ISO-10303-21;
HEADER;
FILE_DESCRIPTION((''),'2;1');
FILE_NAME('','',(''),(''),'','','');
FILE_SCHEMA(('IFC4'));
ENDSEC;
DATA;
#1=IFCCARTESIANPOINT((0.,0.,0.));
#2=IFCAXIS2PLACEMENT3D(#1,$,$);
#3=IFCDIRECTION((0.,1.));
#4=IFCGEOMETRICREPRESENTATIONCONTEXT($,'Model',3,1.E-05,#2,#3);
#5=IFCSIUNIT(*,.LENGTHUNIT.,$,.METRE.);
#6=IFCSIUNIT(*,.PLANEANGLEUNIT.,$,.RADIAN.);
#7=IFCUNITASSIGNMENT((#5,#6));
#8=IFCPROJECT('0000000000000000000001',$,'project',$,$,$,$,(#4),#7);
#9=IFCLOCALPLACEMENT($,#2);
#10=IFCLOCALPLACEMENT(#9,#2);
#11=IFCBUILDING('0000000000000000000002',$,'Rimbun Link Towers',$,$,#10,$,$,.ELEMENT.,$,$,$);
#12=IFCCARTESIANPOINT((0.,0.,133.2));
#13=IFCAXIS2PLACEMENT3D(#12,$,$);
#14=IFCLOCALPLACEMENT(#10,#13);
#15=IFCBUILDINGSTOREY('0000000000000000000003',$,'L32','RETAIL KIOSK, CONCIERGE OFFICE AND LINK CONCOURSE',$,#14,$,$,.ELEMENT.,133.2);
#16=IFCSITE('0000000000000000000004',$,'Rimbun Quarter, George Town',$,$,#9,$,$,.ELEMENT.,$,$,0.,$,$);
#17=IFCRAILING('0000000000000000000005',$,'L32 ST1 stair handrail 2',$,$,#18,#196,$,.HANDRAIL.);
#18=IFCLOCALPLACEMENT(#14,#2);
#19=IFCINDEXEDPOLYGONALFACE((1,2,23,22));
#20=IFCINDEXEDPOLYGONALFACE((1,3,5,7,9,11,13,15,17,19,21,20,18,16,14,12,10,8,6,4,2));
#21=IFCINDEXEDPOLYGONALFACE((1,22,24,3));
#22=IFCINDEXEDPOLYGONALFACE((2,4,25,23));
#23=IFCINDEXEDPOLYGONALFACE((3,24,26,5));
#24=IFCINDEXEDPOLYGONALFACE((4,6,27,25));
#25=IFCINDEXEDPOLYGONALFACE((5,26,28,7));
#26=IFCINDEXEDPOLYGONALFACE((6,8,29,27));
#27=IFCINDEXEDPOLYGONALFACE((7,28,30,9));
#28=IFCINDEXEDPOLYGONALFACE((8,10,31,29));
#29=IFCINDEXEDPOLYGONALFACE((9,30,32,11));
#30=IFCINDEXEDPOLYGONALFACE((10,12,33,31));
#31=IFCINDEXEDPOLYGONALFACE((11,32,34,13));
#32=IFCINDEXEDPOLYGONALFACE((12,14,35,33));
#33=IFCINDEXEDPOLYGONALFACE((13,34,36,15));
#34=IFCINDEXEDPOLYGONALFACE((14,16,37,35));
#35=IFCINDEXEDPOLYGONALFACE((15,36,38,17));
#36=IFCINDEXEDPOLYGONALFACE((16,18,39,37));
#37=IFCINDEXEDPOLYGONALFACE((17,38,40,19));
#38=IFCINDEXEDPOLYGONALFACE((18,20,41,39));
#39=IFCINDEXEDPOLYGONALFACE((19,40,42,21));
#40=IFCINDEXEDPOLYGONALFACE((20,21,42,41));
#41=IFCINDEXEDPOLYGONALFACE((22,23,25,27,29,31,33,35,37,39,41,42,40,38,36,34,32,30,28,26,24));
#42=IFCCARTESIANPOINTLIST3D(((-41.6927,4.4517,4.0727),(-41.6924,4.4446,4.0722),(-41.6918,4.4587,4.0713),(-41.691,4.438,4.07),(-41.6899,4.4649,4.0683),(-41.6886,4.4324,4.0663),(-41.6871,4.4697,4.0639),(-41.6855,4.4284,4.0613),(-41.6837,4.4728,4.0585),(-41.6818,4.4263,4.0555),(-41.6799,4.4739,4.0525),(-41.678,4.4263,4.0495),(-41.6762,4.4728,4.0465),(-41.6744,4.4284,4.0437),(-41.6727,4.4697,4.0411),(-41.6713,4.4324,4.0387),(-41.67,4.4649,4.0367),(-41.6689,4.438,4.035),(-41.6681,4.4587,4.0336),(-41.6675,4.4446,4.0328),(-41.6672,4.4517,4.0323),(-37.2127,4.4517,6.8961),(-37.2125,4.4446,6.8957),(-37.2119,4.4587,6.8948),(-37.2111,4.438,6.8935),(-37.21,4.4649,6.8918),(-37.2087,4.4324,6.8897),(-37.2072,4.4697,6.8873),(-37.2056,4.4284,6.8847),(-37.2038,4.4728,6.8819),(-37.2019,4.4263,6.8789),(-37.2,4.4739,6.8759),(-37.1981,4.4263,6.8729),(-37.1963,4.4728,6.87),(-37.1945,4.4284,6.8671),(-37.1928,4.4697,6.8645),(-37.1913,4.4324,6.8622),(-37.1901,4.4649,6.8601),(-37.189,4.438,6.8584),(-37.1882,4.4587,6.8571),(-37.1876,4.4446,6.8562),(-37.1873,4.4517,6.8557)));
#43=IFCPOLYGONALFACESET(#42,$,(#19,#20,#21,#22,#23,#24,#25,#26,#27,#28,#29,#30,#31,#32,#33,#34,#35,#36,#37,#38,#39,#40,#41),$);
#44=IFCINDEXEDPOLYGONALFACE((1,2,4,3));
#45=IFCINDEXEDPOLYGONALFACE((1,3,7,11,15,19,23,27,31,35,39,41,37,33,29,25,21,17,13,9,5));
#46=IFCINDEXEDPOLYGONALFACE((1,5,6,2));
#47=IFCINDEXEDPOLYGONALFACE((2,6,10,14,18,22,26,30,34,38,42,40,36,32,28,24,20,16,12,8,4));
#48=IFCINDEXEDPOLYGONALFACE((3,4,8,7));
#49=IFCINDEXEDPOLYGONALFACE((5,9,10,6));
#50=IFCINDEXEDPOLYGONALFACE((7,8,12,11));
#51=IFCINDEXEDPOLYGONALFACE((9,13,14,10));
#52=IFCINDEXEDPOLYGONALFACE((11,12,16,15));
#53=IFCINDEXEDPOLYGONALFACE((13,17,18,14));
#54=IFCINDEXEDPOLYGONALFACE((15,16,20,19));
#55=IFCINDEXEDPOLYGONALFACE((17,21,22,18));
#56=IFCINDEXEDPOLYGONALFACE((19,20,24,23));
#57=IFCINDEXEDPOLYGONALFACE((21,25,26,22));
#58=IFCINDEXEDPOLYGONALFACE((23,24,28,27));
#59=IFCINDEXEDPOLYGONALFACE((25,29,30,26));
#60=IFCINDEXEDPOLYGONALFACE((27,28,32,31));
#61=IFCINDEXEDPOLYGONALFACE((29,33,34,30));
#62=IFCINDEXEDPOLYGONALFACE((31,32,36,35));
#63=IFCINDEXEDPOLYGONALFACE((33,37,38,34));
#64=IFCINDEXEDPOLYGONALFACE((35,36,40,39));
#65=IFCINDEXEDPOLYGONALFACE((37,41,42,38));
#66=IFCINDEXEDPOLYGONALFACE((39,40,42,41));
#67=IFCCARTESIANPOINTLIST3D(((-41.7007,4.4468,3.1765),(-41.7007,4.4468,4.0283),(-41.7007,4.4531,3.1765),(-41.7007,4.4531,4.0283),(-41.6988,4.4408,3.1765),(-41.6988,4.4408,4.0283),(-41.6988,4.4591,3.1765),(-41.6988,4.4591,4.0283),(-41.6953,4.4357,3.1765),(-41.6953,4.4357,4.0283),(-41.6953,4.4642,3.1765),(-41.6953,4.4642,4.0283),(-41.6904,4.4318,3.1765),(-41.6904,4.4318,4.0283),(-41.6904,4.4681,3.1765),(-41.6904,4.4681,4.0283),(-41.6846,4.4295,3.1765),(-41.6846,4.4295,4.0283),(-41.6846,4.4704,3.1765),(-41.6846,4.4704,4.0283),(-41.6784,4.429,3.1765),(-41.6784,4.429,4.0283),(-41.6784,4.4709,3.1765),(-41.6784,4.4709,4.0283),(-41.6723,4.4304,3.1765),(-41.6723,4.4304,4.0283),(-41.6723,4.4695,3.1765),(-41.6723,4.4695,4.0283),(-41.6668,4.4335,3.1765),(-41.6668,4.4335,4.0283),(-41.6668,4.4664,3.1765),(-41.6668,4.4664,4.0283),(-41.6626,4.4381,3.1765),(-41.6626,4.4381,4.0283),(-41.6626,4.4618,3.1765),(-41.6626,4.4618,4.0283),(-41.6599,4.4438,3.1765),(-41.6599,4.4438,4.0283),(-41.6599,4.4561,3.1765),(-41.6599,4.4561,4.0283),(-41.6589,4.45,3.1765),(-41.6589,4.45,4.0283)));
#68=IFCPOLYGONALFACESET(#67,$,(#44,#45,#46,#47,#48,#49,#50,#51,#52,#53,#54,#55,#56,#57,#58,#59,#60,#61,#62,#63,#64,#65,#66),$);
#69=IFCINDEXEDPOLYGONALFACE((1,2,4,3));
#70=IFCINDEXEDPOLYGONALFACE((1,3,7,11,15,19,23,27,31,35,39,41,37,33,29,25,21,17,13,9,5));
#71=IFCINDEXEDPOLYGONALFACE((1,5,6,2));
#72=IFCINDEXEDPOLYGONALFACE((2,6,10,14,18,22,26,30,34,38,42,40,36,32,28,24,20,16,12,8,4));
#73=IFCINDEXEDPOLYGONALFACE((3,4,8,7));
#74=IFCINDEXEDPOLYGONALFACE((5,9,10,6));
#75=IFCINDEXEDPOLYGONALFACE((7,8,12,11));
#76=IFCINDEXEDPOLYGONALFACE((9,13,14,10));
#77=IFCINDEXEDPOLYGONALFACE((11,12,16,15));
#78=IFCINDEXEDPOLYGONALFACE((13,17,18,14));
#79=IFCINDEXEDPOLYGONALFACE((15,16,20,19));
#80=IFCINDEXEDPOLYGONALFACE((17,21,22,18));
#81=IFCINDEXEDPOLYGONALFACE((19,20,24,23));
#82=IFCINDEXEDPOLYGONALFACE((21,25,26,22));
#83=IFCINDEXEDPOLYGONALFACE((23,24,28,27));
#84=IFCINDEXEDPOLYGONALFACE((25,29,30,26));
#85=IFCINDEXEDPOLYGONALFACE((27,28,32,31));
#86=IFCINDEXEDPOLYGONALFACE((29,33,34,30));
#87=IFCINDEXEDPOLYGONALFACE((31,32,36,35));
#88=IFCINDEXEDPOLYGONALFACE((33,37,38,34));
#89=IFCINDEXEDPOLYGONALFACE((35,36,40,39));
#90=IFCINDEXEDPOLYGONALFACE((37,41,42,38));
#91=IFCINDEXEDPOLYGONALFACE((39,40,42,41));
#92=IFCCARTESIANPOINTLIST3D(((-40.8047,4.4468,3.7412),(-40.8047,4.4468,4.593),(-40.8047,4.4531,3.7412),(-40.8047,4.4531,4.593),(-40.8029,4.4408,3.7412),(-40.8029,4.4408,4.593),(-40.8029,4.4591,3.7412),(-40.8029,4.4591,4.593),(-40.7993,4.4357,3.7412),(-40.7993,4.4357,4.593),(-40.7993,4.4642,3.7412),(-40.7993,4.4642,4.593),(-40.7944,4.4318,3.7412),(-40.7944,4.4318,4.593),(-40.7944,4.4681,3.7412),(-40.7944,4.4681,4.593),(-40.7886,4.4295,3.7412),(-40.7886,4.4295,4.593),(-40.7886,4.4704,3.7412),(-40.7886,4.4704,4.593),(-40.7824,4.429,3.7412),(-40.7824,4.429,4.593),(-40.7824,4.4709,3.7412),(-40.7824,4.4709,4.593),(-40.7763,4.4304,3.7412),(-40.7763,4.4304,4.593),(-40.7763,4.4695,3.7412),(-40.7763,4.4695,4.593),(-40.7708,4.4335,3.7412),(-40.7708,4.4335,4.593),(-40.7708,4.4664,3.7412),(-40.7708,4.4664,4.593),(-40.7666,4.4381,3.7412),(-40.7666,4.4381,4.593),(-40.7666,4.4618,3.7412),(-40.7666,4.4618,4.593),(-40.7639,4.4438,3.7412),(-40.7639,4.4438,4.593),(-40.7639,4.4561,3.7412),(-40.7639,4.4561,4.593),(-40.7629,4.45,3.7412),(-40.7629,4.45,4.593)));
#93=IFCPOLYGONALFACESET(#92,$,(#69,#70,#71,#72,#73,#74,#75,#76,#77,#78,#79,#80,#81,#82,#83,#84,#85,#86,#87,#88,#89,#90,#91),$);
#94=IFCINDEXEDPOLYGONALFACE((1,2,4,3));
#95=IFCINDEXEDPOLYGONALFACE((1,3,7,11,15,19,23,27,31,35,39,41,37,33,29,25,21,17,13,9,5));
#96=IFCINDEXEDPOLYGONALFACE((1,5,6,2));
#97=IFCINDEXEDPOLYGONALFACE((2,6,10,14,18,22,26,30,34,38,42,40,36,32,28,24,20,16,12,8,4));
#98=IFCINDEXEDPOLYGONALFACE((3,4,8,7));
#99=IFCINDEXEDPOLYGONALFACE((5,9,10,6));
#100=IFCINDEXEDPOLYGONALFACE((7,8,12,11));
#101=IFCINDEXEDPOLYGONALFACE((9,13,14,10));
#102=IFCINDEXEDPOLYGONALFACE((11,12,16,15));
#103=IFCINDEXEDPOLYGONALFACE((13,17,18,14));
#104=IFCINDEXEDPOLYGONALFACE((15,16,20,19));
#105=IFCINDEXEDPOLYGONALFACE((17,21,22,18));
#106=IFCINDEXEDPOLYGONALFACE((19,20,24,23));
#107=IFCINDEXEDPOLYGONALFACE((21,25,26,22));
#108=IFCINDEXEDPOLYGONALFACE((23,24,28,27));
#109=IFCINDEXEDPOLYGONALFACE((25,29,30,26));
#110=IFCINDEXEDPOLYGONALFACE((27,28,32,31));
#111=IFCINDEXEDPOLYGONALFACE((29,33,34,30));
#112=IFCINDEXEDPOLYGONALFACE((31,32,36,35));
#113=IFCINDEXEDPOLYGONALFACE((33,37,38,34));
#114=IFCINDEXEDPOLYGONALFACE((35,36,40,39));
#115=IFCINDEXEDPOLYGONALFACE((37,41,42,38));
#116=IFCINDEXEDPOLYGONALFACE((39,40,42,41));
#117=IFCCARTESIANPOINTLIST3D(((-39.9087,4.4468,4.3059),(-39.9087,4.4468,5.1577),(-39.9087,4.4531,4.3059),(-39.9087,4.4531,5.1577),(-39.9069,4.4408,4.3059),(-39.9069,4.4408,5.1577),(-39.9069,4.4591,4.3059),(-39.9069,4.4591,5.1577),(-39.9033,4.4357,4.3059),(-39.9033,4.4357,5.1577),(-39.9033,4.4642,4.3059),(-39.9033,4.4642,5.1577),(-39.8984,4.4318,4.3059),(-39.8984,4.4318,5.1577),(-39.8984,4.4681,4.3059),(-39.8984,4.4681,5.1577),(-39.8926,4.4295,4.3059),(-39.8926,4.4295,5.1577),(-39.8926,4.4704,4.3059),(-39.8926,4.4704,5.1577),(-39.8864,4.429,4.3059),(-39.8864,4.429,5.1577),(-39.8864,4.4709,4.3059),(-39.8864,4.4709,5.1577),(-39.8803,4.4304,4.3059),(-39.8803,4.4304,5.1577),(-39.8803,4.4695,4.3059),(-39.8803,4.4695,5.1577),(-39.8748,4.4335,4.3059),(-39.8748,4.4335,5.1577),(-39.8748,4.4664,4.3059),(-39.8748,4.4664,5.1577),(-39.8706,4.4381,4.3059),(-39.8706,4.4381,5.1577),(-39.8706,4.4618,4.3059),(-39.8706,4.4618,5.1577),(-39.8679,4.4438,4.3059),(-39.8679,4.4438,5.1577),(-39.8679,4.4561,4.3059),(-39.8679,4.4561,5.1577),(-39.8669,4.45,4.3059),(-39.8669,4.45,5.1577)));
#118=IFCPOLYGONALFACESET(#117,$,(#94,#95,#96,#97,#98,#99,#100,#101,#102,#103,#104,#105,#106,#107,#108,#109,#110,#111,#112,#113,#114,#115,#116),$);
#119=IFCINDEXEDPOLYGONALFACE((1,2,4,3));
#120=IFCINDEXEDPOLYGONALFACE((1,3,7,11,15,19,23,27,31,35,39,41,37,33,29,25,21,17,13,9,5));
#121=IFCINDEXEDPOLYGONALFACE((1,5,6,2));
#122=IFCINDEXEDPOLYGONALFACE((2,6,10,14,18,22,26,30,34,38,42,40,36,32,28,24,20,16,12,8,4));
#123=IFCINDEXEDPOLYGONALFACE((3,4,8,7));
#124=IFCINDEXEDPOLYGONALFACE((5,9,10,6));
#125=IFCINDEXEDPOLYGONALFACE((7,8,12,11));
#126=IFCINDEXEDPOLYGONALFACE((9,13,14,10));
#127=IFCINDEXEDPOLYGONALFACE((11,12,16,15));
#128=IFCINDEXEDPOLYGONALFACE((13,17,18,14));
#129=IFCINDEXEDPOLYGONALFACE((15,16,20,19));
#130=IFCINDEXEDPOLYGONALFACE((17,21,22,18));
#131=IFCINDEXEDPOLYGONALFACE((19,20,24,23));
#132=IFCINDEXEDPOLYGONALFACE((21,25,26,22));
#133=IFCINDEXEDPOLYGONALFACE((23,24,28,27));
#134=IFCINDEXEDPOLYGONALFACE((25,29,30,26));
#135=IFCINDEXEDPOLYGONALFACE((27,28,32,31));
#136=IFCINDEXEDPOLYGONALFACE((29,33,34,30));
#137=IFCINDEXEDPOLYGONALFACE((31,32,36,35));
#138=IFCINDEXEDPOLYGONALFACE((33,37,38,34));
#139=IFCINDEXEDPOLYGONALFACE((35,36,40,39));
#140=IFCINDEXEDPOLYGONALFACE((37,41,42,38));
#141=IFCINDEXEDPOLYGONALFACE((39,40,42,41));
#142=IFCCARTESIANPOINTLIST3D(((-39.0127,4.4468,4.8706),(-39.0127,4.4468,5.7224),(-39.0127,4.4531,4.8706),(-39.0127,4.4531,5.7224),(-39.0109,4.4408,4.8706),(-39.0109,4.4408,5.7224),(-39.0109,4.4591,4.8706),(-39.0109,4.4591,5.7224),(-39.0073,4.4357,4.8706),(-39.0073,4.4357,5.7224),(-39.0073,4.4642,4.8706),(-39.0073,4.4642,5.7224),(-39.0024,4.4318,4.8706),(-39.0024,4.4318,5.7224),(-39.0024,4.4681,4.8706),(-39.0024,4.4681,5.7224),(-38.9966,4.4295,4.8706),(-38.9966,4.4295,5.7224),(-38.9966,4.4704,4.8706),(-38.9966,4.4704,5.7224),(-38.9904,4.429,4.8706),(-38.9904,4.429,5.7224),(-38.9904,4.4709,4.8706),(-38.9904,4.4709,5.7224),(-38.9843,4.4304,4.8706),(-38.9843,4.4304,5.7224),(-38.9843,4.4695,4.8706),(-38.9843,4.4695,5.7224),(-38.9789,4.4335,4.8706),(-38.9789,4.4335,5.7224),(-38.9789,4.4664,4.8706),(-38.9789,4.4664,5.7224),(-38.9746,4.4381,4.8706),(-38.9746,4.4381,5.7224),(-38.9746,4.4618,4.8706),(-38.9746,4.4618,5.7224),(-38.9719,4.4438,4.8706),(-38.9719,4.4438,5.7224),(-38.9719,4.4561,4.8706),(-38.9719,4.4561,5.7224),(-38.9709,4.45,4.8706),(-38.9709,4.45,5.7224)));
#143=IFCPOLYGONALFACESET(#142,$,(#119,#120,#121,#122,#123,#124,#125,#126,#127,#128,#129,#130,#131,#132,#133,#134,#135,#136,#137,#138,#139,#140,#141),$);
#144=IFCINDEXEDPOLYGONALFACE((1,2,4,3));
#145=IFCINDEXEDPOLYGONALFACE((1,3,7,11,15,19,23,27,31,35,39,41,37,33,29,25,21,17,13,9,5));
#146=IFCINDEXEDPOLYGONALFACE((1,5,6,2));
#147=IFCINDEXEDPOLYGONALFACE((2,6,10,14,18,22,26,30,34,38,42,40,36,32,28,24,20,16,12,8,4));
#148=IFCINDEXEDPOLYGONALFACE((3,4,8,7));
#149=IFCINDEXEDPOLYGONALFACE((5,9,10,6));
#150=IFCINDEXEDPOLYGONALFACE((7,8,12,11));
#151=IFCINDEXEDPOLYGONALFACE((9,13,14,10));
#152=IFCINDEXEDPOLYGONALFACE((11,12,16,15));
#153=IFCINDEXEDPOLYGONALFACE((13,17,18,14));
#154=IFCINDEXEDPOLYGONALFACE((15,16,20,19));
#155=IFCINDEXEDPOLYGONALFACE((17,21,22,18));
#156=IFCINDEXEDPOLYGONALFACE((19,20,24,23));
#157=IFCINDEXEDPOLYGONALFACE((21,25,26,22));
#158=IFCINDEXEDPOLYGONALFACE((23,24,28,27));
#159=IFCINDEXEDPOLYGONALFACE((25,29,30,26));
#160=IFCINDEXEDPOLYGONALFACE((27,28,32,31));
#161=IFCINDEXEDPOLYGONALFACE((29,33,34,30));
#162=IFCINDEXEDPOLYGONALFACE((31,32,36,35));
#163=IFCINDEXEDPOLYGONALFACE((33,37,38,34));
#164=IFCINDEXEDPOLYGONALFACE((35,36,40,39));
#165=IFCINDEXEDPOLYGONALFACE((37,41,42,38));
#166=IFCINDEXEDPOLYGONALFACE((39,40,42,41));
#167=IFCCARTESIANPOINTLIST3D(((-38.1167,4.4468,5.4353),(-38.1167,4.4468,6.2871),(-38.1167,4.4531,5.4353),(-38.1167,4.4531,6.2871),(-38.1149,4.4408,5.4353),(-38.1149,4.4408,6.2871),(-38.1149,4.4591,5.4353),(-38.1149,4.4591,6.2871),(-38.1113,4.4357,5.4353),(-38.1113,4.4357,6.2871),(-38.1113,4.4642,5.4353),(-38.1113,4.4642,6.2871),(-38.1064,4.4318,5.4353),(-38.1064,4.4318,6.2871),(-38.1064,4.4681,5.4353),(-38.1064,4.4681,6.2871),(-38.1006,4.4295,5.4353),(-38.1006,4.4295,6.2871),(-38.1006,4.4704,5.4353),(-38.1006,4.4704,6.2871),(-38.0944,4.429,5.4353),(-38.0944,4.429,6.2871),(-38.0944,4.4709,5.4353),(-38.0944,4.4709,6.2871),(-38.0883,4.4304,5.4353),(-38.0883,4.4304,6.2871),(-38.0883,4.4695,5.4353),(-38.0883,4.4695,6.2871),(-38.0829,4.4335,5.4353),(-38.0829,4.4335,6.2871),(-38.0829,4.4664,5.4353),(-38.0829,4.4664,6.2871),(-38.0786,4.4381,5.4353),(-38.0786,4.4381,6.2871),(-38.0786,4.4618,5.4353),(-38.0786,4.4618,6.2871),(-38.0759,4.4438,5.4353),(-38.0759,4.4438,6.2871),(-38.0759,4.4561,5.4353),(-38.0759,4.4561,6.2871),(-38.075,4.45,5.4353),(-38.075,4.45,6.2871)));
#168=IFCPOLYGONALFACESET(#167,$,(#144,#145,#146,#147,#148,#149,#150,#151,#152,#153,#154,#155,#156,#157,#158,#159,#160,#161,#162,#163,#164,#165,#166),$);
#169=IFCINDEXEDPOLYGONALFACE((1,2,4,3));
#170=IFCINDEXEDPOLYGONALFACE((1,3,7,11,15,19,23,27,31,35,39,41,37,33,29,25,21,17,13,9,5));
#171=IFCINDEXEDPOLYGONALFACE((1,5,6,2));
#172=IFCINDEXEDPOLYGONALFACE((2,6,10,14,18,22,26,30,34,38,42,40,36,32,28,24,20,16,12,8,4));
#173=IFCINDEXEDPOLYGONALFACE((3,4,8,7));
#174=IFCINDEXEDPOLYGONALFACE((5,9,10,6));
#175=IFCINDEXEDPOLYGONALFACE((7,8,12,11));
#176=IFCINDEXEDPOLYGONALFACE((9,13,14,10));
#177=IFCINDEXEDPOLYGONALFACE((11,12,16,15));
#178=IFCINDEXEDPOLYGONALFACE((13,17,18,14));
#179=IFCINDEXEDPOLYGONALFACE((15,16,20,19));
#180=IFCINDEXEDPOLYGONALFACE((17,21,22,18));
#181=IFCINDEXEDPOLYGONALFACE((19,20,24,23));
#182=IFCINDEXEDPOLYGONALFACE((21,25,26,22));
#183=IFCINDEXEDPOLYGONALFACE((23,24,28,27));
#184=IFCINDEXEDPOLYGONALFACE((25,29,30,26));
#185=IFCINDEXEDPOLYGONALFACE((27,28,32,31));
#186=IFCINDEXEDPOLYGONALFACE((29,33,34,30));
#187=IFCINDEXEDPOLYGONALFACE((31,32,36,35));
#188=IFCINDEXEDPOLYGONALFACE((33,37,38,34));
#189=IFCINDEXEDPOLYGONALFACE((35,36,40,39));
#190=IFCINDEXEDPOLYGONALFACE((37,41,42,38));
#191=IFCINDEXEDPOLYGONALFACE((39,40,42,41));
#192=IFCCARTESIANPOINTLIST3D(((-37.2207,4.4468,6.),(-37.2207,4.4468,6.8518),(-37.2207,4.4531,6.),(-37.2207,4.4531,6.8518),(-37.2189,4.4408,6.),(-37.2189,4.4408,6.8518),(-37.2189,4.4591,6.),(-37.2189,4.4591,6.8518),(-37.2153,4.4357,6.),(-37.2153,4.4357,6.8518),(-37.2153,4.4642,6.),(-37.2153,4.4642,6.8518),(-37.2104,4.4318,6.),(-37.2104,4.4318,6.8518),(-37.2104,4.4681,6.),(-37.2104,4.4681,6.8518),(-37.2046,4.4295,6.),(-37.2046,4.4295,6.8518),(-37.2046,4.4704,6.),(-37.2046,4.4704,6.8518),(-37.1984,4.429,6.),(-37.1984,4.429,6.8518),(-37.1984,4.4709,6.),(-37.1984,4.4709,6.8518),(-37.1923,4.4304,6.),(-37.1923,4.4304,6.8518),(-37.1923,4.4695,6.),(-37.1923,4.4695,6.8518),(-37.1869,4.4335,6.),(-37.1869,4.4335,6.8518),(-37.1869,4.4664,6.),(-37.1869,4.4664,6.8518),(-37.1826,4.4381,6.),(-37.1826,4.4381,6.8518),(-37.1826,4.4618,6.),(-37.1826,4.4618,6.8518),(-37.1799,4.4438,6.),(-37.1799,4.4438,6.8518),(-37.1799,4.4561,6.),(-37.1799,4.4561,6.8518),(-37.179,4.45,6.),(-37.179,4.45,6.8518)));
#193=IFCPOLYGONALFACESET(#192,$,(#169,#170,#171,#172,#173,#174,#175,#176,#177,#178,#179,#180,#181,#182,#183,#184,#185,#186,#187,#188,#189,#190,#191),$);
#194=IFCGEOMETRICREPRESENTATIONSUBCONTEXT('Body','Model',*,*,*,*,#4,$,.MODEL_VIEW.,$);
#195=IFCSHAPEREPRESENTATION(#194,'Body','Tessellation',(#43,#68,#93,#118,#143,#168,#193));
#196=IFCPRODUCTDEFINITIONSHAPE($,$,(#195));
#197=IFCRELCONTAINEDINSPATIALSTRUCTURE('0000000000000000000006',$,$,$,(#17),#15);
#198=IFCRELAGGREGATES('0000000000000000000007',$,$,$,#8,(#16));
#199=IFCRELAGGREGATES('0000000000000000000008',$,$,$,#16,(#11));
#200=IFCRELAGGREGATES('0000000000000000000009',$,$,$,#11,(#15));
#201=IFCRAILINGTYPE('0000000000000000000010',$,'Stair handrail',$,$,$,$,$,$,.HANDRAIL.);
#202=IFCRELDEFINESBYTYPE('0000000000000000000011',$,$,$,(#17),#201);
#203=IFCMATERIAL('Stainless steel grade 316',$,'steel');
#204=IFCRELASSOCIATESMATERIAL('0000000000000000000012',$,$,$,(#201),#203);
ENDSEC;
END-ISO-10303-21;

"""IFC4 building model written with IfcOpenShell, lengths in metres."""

from ifc_helpers import new_model, si_unit, direction, frame, origin, origin_2d, place, context, subcontext, project, spatial, circle, extrude, material, type_object, element, save


model = new_model("IFC4")

# Units and contexts
model_context = context("Model", 3, precision=1e-05, world=origin(), true_north=direction((0.0, 1.0)))
body_context = subcontext(model_context, "Body", "Model", "MODEL_VIEW")
ifc_project = project(units=[si_unit("LENGTHUNIT", "METRE"), si_unit("PLANEANGLEUNIT", "RADIAN")], contexts=[model_context])

# Site, building, storey
site_placement = place(None, origin())
site = spatial("IfcSite", under=ifc_project, at=site_placement, Name="Rimbun Quarter, George Town", CompositionType="ELEMENT", RefElevation=0.0)
building_placement = place(site_placement, origin())
building = spatial("IfcBuilding", under=site, at=building_placement, Name="Rimbun Link Towers", CompositionType="ELEMENT")
storey_placement = place(building_placement, frame((0.0, 0.0, 133.2)))
storey = spatial("IfcBuildingStorey", under=building, at=storey_placement, Name="L32", Description="RETAIL KIOSK, CONCIERGE OFFICE AND LINK CONCOURSE", CompositionType="ELEMENT", Elevation=133.2)

# Railing
ifc_material_1 = material(Name="Stainless steel grade 316", Category="steel")
railing_type_1 = type_object("IfcRailingType", Name="Stair handrail", PredefinedType="HANDRAIL", material=ifc_material_1)
railing_1_placement = place(storey_placement, frame((-41.6799, 4.45, 3.1765)))
element("IfcRailing", 1, at=railing_1_placement, inside=storey, type_object=railing_type_1, Name="L32 ST1 stair handrail 2", PredefinedType="HANDRAIL", context=body_context, shape_type="SweptSolid", body=[
    extrude(circle(Radius=0.0239, at=origin_2d()), frame((0.0, 0.0, 0.876), z_axis=(0.845998, 0.0, 0.533186), x_axis=(0.0, 1.0, 0.0)), (0.0, 0.0, 1.0), 5.2954),
    extrude(circle(Radius=0.021, at=origin_2d()), origin(), (0.0, 0.0, 1.0), 0.8518),
    extrude(circle(Radius=0.021, at=origin_2d()), frame((0.896, 0.0, 0.5647)), (0.0, 0.0, 1.0), 0.8518),
    extrude(circle(Radius=0.021, at=origin_2d()), frame((1.792, 0.0, 1.1294)), (0.0, 0.0, 1.0), 0.8518),
    extrude(circle(Radius=0.021, at=origin_2d()), frame((2.688, 0.0, 1.6941)), (0.0, 0.0, 1.0), 0.8518),
    extrude(circle(Radius=0.021, at=origin_2d()), frame((3.584, 0.0, 2.2588)), (0.0, 0.0, 1.0), 0.8518),
    extrude(circle(Radius=0.021, at=origin_2d()), frame((4.48, 0.0, 2.8235)), (0.0, 0.0, 1.0), 0.8518),
])

save(model, "model.ifc")
